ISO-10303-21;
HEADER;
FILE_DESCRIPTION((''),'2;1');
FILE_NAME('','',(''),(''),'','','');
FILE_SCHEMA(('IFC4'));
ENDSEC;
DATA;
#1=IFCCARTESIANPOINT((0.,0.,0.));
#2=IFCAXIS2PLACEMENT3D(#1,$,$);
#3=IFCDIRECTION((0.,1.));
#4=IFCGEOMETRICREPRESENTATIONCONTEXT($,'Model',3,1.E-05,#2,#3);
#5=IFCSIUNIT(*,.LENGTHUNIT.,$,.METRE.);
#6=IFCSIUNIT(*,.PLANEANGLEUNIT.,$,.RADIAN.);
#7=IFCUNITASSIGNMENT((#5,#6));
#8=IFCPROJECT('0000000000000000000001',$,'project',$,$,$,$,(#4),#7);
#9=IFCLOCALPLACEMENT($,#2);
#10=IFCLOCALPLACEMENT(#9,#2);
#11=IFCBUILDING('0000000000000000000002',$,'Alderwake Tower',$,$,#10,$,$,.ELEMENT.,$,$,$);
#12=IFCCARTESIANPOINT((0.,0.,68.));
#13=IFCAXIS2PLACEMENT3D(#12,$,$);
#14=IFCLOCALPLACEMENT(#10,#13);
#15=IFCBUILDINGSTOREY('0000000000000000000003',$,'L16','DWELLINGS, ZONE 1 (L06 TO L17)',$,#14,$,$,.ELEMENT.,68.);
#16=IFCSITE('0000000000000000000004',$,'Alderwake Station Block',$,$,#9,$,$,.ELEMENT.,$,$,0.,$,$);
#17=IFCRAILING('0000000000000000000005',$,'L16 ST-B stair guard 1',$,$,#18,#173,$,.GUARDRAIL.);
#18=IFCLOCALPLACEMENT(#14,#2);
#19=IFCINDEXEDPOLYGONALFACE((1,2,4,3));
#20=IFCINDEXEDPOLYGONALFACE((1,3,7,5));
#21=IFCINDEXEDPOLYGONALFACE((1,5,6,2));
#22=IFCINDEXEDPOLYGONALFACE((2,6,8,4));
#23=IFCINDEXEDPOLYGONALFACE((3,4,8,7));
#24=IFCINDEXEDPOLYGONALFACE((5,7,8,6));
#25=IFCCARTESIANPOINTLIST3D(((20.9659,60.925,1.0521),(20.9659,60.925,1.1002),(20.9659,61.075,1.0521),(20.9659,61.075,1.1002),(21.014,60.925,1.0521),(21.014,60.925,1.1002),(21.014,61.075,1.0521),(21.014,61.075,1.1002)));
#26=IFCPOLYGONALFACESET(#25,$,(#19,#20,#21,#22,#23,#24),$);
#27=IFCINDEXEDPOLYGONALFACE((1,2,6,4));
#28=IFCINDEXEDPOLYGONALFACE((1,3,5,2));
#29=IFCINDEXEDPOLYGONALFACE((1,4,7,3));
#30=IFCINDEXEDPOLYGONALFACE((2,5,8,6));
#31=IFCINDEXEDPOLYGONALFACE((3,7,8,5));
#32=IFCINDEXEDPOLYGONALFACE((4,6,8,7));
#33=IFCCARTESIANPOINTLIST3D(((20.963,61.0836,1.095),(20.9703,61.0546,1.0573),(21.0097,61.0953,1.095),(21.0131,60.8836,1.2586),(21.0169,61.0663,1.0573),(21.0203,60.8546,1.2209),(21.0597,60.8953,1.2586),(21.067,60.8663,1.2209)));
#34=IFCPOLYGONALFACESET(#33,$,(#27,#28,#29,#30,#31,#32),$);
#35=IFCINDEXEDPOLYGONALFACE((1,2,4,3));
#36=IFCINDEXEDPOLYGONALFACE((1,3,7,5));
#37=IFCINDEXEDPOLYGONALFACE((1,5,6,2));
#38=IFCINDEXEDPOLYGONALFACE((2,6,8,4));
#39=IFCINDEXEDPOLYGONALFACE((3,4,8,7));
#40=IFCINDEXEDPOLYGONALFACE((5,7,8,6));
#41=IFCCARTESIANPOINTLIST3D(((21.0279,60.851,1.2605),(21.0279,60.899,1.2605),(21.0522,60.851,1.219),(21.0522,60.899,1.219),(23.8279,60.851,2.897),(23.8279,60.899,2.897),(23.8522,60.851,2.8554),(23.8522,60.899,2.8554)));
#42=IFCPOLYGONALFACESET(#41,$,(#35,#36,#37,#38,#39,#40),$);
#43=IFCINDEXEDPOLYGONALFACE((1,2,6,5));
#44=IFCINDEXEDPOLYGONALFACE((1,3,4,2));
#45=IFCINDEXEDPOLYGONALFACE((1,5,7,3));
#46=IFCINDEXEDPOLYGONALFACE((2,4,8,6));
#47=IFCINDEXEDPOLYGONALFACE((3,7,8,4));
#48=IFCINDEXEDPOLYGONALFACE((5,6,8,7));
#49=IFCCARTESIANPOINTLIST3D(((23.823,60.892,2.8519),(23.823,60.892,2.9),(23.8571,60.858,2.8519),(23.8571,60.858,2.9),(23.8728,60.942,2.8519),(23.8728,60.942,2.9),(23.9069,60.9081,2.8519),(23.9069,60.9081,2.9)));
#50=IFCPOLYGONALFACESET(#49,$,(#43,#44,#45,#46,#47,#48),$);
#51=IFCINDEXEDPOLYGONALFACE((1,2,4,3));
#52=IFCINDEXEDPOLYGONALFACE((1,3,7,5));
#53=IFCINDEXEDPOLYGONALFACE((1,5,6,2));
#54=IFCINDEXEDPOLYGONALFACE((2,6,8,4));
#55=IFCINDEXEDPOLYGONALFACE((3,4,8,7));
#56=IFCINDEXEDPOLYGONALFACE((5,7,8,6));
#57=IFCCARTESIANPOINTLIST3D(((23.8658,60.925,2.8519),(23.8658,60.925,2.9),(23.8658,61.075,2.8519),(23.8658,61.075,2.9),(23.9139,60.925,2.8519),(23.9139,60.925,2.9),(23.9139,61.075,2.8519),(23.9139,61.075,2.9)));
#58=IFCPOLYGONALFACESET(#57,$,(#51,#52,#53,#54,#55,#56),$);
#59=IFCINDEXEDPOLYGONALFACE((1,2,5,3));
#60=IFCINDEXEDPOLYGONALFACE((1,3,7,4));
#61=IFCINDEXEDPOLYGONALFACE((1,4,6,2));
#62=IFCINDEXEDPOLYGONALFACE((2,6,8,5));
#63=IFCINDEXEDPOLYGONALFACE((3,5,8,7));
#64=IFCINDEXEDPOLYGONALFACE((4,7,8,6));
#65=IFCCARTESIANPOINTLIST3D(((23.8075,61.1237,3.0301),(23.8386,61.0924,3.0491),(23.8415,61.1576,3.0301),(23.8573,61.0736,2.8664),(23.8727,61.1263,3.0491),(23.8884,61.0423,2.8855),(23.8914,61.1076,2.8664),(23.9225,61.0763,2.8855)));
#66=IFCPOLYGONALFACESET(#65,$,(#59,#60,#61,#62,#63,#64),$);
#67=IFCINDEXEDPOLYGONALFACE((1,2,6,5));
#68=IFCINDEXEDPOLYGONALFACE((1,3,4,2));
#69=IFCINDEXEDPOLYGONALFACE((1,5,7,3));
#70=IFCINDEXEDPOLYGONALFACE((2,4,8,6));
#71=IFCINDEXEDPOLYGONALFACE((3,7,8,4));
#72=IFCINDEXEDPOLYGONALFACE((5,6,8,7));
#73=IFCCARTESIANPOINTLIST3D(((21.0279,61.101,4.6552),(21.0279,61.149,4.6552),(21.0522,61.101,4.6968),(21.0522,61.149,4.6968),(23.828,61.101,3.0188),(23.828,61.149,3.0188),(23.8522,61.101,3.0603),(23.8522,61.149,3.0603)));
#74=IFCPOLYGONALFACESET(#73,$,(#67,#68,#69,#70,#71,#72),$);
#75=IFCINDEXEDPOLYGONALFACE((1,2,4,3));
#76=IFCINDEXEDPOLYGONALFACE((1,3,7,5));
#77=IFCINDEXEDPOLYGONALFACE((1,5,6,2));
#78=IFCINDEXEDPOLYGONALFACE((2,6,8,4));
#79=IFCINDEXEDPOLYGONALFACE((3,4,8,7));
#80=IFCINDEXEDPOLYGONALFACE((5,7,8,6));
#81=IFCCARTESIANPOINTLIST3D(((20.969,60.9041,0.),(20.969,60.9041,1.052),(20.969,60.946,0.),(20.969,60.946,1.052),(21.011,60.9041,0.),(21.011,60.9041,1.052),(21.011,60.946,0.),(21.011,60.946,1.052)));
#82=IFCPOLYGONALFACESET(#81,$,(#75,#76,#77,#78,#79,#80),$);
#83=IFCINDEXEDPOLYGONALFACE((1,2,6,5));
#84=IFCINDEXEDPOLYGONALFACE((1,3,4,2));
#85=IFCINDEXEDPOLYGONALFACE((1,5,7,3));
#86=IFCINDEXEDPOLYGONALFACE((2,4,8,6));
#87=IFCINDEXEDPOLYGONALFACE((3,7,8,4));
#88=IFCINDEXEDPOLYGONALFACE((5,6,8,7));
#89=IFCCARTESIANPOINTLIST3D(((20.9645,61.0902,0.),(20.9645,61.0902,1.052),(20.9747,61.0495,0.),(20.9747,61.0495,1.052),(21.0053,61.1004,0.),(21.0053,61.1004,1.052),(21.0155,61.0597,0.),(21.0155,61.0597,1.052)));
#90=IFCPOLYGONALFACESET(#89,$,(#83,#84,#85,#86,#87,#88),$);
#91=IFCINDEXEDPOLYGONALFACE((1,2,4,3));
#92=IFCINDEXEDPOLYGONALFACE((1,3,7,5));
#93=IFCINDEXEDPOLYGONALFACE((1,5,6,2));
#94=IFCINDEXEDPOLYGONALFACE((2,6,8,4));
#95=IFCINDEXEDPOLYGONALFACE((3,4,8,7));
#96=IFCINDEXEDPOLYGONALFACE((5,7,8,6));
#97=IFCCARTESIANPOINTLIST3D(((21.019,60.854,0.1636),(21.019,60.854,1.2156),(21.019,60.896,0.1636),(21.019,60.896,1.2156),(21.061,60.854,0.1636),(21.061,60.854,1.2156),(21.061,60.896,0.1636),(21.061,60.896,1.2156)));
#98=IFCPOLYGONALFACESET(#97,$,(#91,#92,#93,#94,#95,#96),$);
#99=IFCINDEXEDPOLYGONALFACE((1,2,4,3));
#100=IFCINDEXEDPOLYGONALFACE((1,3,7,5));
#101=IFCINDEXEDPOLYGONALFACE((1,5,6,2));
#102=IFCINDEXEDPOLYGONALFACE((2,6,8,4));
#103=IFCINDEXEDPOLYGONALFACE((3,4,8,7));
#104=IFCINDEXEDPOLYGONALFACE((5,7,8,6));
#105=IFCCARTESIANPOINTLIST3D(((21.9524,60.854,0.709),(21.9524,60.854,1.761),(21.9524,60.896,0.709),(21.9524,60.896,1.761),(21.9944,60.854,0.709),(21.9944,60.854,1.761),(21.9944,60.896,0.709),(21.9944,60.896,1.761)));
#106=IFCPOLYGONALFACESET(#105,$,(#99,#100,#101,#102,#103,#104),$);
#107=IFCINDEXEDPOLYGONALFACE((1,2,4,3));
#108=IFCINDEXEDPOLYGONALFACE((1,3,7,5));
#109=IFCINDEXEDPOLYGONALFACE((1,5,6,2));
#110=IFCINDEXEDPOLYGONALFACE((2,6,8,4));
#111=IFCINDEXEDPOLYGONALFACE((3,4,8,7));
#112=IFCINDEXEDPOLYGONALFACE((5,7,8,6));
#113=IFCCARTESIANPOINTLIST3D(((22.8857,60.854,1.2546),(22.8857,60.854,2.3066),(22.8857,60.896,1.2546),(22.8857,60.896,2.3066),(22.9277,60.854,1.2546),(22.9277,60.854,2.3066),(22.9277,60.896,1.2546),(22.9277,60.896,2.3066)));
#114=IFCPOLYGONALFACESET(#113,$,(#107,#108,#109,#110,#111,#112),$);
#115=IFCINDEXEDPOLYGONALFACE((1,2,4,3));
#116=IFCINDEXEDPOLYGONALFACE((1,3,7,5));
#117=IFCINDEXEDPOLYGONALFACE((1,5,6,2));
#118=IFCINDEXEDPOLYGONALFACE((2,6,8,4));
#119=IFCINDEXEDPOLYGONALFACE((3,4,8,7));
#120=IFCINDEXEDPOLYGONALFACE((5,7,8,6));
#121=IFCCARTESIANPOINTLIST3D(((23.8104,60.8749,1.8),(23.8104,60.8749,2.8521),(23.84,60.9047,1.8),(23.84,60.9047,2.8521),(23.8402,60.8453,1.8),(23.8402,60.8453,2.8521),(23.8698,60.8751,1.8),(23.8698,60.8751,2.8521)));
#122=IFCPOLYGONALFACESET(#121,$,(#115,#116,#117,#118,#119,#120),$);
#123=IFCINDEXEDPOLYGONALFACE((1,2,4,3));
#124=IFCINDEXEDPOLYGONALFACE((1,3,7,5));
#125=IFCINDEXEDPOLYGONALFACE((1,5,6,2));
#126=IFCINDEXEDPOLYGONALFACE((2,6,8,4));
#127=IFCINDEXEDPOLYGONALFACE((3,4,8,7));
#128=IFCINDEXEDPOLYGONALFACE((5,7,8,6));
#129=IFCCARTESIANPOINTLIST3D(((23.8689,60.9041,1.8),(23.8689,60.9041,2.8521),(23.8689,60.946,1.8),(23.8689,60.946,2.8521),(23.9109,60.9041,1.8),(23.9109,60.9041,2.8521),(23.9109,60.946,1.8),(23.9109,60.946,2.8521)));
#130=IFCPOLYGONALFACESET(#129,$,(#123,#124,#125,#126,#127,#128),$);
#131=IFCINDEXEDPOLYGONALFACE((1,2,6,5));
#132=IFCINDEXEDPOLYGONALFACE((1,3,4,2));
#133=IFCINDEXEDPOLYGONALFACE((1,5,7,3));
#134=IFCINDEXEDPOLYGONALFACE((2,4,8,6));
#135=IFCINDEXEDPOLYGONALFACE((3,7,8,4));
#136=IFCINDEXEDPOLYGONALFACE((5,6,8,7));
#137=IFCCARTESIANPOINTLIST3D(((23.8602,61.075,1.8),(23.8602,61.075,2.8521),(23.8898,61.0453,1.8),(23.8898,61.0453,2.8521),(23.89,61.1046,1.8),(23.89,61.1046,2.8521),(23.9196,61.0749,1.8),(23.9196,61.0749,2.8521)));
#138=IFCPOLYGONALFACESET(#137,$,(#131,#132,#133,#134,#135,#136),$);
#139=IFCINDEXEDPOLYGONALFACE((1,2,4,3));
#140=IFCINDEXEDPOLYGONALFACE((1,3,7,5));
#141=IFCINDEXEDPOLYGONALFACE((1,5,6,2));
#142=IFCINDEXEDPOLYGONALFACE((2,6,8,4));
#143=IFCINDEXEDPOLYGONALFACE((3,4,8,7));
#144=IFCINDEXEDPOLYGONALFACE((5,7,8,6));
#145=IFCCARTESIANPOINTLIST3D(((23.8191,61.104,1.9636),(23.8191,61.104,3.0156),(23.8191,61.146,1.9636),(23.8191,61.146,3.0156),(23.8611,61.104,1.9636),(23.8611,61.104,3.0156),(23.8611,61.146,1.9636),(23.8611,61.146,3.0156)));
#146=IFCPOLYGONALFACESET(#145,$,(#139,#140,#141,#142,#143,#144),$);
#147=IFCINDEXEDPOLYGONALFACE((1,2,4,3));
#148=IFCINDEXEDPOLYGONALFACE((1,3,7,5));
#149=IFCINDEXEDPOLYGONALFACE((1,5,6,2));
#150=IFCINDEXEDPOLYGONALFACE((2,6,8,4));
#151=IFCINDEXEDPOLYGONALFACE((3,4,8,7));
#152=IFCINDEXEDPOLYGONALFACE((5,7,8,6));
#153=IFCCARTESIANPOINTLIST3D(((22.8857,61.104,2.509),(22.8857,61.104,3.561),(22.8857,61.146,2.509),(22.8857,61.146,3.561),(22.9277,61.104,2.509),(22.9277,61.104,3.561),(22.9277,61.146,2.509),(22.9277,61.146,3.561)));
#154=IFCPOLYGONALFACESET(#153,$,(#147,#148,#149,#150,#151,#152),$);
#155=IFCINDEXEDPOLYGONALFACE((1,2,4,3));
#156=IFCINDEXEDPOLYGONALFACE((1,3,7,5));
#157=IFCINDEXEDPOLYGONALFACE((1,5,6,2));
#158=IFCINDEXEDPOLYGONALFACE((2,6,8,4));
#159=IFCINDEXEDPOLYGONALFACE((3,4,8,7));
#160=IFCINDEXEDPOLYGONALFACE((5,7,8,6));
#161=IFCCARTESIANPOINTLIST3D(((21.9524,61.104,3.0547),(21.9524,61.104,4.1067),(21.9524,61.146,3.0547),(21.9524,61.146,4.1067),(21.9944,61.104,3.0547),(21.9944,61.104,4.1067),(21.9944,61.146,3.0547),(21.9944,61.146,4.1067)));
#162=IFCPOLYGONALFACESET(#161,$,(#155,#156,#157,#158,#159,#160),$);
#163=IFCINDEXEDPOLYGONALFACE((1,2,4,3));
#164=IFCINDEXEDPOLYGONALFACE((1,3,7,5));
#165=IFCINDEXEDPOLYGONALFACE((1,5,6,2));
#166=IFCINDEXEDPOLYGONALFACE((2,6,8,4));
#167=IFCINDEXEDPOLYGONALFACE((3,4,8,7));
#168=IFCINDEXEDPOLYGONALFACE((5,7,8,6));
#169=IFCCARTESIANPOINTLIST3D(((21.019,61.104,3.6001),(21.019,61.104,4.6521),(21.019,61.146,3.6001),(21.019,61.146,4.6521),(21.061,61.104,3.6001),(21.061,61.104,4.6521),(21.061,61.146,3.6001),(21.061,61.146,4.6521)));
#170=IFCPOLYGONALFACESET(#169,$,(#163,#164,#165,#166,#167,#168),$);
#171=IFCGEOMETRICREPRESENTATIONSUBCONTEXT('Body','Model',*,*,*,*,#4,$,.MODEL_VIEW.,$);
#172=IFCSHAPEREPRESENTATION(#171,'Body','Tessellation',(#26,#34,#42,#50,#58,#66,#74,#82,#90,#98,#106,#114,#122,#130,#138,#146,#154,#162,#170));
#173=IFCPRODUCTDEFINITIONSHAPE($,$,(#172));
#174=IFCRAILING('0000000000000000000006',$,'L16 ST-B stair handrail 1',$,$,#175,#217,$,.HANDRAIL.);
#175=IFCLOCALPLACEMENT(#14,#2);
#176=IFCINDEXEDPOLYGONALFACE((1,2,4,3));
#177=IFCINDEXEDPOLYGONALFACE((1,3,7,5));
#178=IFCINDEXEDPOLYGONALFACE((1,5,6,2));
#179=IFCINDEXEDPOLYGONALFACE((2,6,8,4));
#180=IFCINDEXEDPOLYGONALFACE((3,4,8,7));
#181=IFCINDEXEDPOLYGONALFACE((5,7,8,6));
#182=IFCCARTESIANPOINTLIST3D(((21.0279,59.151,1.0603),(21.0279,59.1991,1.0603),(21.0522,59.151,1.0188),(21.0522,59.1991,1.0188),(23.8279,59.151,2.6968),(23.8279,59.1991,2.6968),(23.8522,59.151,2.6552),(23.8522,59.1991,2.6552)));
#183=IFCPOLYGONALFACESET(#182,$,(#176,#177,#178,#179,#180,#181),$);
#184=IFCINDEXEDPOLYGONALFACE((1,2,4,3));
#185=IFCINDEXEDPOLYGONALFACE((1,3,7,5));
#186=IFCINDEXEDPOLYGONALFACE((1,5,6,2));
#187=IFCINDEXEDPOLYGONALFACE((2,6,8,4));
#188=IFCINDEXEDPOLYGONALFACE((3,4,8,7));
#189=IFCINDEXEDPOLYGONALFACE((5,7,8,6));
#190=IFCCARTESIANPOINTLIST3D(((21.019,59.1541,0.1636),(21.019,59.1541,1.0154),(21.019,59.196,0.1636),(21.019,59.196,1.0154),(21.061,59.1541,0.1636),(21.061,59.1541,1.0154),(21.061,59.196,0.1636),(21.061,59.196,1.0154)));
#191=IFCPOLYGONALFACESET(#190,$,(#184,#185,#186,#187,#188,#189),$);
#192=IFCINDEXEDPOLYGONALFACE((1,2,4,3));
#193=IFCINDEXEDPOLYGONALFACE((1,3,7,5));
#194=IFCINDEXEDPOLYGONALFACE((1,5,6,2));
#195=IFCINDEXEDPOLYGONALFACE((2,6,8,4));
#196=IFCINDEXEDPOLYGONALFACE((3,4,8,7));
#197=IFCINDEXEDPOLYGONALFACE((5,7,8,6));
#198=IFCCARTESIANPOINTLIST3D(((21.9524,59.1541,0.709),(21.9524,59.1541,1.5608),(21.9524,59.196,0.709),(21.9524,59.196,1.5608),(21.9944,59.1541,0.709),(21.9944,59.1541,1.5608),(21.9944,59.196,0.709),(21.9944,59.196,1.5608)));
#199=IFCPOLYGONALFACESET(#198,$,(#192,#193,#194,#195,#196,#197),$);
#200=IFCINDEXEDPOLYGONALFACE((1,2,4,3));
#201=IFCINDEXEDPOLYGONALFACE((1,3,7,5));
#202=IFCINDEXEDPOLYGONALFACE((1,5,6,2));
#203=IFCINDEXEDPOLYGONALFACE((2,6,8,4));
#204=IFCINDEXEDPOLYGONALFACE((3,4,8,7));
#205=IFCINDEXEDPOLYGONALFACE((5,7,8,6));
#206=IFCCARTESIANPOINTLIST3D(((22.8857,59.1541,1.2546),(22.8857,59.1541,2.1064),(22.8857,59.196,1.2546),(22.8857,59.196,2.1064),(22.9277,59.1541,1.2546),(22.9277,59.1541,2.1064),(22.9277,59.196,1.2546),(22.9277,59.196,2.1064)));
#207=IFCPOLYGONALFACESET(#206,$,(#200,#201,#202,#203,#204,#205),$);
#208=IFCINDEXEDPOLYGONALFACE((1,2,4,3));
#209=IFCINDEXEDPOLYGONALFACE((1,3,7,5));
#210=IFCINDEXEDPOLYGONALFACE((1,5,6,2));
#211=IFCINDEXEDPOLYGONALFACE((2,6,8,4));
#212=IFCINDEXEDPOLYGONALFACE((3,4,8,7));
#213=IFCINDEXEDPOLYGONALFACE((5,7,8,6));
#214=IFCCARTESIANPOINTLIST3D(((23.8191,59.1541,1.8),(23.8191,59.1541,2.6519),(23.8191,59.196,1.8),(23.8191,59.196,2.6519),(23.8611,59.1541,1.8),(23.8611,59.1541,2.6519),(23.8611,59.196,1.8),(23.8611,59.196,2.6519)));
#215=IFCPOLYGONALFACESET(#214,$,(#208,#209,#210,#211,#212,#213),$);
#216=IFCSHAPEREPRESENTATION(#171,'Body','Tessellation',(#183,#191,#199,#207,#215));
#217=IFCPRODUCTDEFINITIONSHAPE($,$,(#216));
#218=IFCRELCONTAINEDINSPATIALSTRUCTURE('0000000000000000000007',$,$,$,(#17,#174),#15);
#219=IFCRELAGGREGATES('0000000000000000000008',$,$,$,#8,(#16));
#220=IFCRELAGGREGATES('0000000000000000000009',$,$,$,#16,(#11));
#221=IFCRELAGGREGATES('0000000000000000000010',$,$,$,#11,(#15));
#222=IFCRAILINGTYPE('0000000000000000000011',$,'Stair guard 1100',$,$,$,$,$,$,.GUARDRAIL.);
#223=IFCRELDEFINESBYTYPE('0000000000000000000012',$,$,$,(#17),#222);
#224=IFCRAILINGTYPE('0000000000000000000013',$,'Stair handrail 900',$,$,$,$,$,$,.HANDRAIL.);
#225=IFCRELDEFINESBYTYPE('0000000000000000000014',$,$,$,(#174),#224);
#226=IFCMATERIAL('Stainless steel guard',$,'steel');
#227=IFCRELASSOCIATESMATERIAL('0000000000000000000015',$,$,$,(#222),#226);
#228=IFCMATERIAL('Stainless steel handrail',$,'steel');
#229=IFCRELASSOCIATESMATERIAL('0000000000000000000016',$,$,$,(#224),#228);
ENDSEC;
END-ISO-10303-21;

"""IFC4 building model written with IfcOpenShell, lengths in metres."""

from ifc_helpers import new_model, si_unit, direction, frame, origin, origin_with_axes, origin_2d, place, context, subcontext, project, spatial, rectangle, extrude, material, type_object, element, save


model = new_model("IFC4")

# Units and contexts
model_context = context("Model", 3, precision=1e-05, world=origin(), true_north=direction((0.0, 1.0)))
body_context = subcontext(model_context, "Body", "Model", "MODEL_VIEW")
ifc_project = project(units=[si_unit("LENGTHUNIT", "METRE"), si_unit("PLANEANGLEUNIT", "RADIAN")], contexts=[model_context])

# Site, building, storey
site_placement = place(None, origin())
site = spatial("IfcSite", under=ifc_project, at=site_placement, Name="Alderwake Station Block", CompositionType="ELEMENT", RefElevation=0.0)
building_placement = place(site_placement, origin())
building = spatial("IfcBuilding", under=site, at=building_placement, Name="Alderwake Tower", CompositionType="ELEMENT")
storey_placement = place(building_placement, frame((0.0, 0.0, 68.0)))
storey = spatial("IfcBuildingStorey", under=building, at=storey_placement, Name="L16", Description="DWELLINGS, ZONE 1 (L06 TO L17)", CompositionType="ELEMENT", Elevation=68.0)

# Railings
ifc_material_1 = material(Name="Stainless steel guard", Category="steel")
railing_type_1 = type_object("IfcRailingType", Name="Stair guard 1100", PredefinedType="GUARDRAIL", material=ifc_material_1)
railing_1_placement = place(storey_placement, frame((20.99, 60.925, 0.0)))
element("IfcRailing", 1, at=railing_1_placement, inside=storey, type_object=railing_type_1, Name="L16 ST-B stair guard 1", PredefinedType="GUARDRAIL", context=body_context, shape_type="SweptSolid", body=[
    extrude(rectangle(XDim=0.0481, YDim=0.0481, at=origin_2d()), frame((0.0, 0.0, 1.0762), z_axis=(0.0, 1.0, 0.0), x_axis=(-1.0, 0.0, 0.0)), (0.0, 0.0, 1.0), 0.1499),
    extrude(rectangle(XDim=0.0481, YDim=0.0481, at=origin_2d()), frame((0.0, 0.1499, 1.0762), z_axis=(0.1902, -0.75987, 0.621628), x_axis=(0.970073, 0.242814, 0.0)), (0.0, 0.0, 1.0), 0.2632),
    extrude(rectangle(XDim=0.0481, YDim=0.0481, at=origin_2d()), frame((0.05, -0.05, 1.2397), z_axis=(0.863361, 0.0, 0.504587), x_axis=(0.0, 1.0, 0.0)), (0.0, 0.0, 1.0), 3.2432),
    extrude(rectangle(XDim=0.0481, YDim=0.0481, at=origin_2d()), frame((2.8501, -0.05, 2.876), z_axis=(0.705376, 0.708834, 0.0), x_axis=(-0.708834, 0.705376, 0.0)), (0.0, 0.0, 1.0), 0.0706),
    extrude(rectangle(XDim=0.0481, YDim=0.0481, at=origin_2d()), frame((2.8999, 0.0, 2.876), z_axis=(0.0, 1.0, 0.0), x_axis=(-1.0, 0.0, 0.0)), (0.0, 0.0, 1.0), 0.1499),
    extrude(rectangle(XDim=0.0481, YDim=0.0481, at=origin_2d()), frame((2.8999, 0.1499, 2.876), z_axis=(-0.279546, 0.280917, 0.918118), x_axis=(-0.708834, -0.705376, 0.0)), (0.0, 0.0, 1.0), 0.1782),
    extrude(rectangle(XDim=0.0481, YDim=0.0481, at=origin_2d()), frame((2.8501, 0.2, 3.0396), z_axis=(-0.863361, 0.0, 0.504587), x_axis=(0.0, -1.0, 0.0)), (0.0, 0.0, 1.0), 3.2432),
    extrude(rectangle(XDim=0.042, YDim=0.042, at=origin_2d()), frame((0.0, 0.0, 0.0), z_axis=(0.0, 0.0, 1.0), x_axis=(0.0, 1.0, 0.0)), (0.0, 0.0, 1.0), 1.052),
    extrude(rectangle(XDim=0.042, YDim=0.042, at=origin_2d()), frame((0.0, 0.1499, 0.0), z_axis=(0.0, 0.0, 1.0), x_axis=(0.242814, -0.970073, 0.0)), (0.0, 0.0, 1.0), 1.052),
    extrude(rectangle(XDim=0.042, YDim=0.042, at=origin_2d()), frame((0.05, -0.05, 0.1636), z_axis=(0.0, 0.0, 1.0), x_axis=(1.0, 0.0, 0.0)), (0.0, 0.0, 1.0), 1.052),
    extrude(rectangle(XDim=0.042, YDim=0.042, at=origin_2d()), frame((0.9834, -0.05, 0.709), z_axis=(0.0, 0.0, 1.0), x_axis=(1.0, 0.0, 0.0)), (0.0, 0.0, 1.0), 1.052),
    extrude(rectangle(XDim=0.042, YDim=0.042, at=origin_2d()), frame((1.9167, -0.05, 1.2546), z_axis=(0.0, 0.0, 1.0), x_axis=(1.0, 0.0, 0.0)), (0.0, 0.0, 1.0), 1.052),
    extrude(rectangle(XDim=0.042, YDim=0.042, at=origin_2d()), frame((2.8501, -0.05, 1.8), z_axis=(0.0, 0.0, 1.0), x_axis=(0.705376, 0.708834, 0.0)), (0.0, 0.0, 1.0), 1.052),
    extrude(rectangle(XDim=0.042, YDim=0.042, at=origin_2d()), frame((2.8999, 0.0, 1.8), z_axis=(0.0, 0.0, 1.0), x_axis=(0.0, 1.0, 0.0)), (0.0, 0.0, 1.0), 1.052),
    extrude(rectangle(XDim=0.042, YDim=0.042, at=origin_2d()), frame((2.8999, 0.1499, 1.8), z_axis=(0.0, 0.0, 1.0), x_axis=(-0.705376, 0.708834, 0.0)), (0.0, 0.0, 1.0), 1.052),
    extrude(rectangle(XDim=0.042, YDim=0.042, at=origin_2d()), frame((2.8501, 0.2, 1.9636), z_axis=(0.0, 0.0, 1.0), x_axis=(-1.0, 0.0, 0.0)), (0.0, 0.0, 1.0), 1.052),
    extrude(rectangle(XDim=0.042, YDim=0.042, at=origin_2d()), frame((1.9167, 0.2, 2.509), z_axis=(0.0, 0.0, 1.0), x_axis=(-1.0, 0.0, 0.0)), (0.0, 0.0, 1.0), 1.052),
    extrude(rectangle(XDim=0.042, YDim=0.042, at=origin_2d()), frame((0.9834, 0.2, 3.0547), z_axis=(0.0, 0.0, 1.0), x_axis=(-1.0, 0.0, 0.0)), (0.0, 0.0, 1.0), 1.052),
    extrude(rectangle(XDim=0.042, YDim=0.042, at=origin_2d()), frame((0.05, 0.2, 3.6001), z_axis=(0.0, 0.0, 1.0), x_axis=(-1.0, 0.0, 0.0)), (0.0, 0.0, 1.0), 1.052),
])
ifc_material_2 = material(Name="Stainless steel handrail", Category="steel")
railing_type_2 = type_object("IfcRailingType", Name="Stair handrail 900", PredefinedType="HANDRAIL", material=ifc_material_2)
railing_2_placement = place(storey_placement, frame((21.04, 59.175, 0.1636)))
element("IfcRailing", 2, at=railing_2_placement, inside=storey, type_object=railing_type_2, Name="L16 ST-B stair handrail 1", PredefinedType="HANDRAIL", context=body_context, shape_type="SweptSolid", body=[
    extrude(rectangle(XDim=0.0481, YDim=0.0481, at=origin_2d()), frame((0.0, 0.0, 0.876), z_axis=(0.863361, 0.0, 0.504587), x_axis=(0.0, 1.0, 0.0)), (0.0, 0.0, 1.0), 3.2432),
    extrude(rectangle(XDim=0.042, YDim=0.042, at=origin_2d()), origin_with_axes(), (0.0, 0.0, 1.0), 0.8518),
    extrude(rectangle(XDim=0.042, YDim=0.042, at=origin_2d()), frame((0.9333, 0.0, 0.5454), z_axis=(0.0, 0.0, 1.0), x_axis=(1.0, 0.0, 0.0)), (0.0, 0.0, 1.0), 0.8518),
    extrude(rectangle(XDim=0.042, YDim=0.042, at=origin_2d()), frame((1.8667, 0.0, 1.0911), z_axis=(0.0, 0.0, 1.0), x_axis=(1.0, 0.0, 0.0)), (0.0, 0.0, 1.0), 0.8518),
    extrude(rectangle(XDim=0.042, YDim=0.042, at=origin_2d()), frame((2.8, 0.0, 1.6365), z_axis=(0.0, 0.0, 1.0), x_axis=(1.0, 0.0, 0.0)), (0.0, 0.0, 1.0), 0.8518),
])

save(model, "model.ifc")
